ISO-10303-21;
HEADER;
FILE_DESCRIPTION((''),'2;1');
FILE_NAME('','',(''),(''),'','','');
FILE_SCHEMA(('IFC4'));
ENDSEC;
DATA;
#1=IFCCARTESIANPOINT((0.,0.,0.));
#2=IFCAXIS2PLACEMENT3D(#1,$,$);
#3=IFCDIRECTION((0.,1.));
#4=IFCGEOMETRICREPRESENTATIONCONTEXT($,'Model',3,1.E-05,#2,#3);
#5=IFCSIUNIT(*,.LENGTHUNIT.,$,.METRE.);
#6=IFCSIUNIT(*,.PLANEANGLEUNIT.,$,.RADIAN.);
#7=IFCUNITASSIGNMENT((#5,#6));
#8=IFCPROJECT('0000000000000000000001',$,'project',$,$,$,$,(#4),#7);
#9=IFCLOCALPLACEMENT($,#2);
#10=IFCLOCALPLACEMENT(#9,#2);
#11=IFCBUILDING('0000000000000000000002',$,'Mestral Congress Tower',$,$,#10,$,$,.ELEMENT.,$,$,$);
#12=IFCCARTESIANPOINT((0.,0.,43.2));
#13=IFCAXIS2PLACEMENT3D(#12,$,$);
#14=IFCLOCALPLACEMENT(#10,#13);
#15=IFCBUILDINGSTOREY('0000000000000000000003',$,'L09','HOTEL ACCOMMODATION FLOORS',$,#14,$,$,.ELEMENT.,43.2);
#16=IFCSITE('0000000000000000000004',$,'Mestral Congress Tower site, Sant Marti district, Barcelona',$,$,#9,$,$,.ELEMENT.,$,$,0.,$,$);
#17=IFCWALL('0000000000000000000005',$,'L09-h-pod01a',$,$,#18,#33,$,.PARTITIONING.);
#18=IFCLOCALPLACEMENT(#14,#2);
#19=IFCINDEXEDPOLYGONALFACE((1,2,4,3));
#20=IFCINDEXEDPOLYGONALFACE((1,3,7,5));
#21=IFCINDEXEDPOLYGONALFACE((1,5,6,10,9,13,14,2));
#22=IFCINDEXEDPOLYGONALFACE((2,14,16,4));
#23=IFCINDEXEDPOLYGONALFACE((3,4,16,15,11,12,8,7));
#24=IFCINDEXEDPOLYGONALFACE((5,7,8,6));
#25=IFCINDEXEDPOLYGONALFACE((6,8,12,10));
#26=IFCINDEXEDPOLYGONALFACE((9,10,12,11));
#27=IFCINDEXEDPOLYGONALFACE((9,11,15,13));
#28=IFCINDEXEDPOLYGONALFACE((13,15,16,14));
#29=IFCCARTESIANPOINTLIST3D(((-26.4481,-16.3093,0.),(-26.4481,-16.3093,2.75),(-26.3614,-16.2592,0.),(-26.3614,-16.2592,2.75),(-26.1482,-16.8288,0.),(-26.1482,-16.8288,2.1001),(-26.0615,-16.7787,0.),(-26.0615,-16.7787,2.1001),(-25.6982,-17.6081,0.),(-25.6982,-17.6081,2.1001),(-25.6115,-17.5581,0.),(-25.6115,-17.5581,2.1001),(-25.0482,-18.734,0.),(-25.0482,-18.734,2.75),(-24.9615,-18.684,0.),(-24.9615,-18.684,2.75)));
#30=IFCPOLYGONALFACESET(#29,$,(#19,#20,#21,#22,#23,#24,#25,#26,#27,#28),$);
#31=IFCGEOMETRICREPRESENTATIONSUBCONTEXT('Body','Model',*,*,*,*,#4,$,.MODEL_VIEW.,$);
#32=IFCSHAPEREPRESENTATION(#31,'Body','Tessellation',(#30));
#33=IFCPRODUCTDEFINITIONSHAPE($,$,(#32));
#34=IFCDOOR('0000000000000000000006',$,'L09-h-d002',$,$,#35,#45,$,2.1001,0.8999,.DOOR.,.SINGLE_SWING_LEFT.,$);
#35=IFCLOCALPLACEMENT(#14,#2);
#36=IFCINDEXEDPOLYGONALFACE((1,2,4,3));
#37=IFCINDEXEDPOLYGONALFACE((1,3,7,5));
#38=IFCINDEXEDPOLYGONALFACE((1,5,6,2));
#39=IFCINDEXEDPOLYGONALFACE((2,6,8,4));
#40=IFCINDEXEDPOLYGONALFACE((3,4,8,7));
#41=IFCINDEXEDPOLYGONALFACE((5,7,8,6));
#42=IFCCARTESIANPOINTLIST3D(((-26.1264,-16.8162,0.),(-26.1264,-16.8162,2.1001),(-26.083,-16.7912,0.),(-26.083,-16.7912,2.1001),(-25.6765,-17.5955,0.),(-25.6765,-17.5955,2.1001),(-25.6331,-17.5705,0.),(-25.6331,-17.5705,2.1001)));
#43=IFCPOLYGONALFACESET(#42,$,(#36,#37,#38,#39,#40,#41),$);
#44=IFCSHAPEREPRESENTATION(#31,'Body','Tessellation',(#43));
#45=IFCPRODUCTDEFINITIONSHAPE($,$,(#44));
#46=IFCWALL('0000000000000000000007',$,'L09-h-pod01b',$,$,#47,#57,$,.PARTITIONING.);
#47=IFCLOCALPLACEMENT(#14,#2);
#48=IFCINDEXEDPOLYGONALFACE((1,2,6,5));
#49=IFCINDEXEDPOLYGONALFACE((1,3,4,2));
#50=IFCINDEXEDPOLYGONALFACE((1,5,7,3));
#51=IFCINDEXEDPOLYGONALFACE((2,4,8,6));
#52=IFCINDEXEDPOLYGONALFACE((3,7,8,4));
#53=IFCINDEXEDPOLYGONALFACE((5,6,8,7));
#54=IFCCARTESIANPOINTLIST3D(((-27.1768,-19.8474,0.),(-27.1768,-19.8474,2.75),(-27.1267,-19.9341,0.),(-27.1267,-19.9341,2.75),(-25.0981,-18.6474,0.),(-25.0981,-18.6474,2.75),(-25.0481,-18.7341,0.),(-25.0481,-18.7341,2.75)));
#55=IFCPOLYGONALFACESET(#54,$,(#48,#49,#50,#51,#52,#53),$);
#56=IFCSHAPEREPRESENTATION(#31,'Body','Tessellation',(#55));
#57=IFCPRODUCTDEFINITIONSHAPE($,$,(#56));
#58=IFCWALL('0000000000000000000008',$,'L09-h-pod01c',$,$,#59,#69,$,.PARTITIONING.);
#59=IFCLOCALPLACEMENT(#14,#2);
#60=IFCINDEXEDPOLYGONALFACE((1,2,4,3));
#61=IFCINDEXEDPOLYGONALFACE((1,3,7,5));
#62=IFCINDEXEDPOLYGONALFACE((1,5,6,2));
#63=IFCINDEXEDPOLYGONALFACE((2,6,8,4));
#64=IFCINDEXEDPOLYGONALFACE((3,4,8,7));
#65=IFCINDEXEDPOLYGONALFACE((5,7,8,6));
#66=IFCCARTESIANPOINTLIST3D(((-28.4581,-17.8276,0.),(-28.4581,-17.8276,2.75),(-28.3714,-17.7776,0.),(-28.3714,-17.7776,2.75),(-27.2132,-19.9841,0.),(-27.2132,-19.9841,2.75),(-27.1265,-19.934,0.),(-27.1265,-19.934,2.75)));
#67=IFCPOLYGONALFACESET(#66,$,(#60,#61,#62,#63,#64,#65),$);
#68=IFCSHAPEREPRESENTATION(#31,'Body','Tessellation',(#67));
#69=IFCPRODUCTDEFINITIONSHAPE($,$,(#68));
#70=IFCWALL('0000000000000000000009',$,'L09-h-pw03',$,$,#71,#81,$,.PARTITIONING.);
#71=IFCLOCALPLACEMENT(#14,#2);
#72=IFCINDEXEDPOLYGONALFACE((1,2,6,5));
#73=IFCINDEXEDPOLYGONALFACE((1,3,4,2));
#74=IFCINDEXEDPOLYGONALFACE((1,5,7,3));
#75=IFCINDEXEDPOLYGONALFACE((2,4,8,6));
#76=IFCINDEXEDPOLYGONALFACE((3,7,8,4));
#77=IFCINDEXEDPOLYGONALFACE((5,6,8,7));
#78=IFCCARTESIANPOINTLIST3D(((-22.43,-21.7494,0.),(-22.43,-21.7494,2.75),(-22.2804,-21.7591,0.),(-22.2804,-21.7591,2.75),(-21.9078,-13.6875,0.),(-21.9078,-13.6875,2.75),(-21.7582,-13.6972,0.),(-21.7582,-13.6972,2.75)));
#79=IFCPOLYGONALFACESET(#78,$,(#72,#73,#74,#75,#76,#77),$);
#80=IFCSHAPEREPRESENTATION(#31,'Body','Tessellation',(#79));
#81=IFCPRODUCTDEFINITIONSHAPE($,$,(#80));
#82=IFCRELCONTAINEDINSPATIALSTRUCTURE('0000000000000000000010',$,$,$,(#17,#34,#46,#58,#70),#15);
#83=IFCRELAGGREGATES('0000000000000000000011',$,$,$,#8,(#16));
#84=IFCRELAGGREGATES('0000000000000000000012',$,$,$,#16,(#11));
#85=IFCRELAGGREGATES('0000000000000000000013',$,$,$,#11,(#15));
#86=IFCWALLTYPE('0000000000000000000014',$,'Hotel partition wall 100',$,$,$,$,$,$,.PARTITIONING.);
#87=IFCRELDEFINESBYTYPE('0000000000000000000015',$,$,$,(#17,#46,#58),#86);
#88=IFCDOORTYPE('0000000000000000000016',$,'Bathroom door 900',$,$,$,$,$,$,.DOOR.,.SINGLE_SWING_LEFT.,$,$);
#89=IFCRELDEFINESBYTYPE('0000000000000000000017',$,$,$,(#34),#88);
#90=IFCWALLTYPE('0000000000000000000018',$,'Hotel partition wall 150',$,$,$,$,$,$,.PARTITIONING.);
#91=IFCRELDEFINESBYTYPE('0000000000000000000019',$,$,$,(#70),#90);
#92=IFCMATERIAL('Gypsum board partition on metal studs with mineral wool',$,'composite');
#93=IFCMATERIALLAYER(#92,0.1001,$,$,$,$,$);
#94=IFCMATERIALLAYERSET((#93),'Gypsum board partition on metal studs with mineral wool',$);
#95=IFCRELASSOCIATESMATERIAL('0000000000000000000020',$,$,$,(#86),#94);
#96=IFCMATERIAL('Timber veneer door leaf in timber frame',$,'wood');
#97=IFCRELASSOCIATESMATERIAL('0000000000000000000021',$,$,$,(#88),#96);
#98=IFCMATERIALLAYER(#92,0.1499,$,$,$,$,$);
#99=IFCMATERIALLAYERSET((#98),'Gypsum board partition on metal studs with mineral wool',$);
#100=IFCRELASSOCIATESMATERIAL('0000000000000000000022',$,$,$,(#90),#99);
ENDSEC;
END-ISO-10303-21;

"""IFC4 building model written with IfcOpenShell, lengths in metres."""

from ifc_helpers import new_model, si_unit, direction, frame, frame_2d, origin, place, context, subcontext, project, spatial, rectangle, extrude, material, layer, layer_set, type_object, element, fill, save


model = new_model("IFC4")

# Units and contexts
model_context = context("Model", 3, precision=1e-05, world=origin(), true_north=direction((0.0, 1.0)))
body_context = subcontext(model_context, "Body", "Model", "MODEL_VIEW")
ifc_project = project(units=[si_unit("LENGTHUNIT", "METRE"), si_unit("PLANEANGLEUNIT", "RADIAN")], contexts=[model_context])

# Site, building, storey
site_placement = place(None, origin())
site = spatial("IfcSite", under=ifc_project, at=site_placement, Name="Mestral Congress Tower site, Sant Marti district, Barcelona", CompositionType="ELEMENT", RefElevation=0.0)
building_placement = place(site_placement, origin())
building = spatial("IfcBuilding", under=site, at=building_placement, Name="Mestral Congress Tower", CompositionType="ELEMENT")
storey_placement = place(building_placement, frame((0.0, 0.0, 43.2)))
storey = spatial("IfcBuildingStorey", under=building, at=storey_placement, Name="L09", Description="HOTEL ACCOMMODATION FLOORS", CompositionType="ELEMENT", Elevation=43.2)

# Wall, opening, door
ifc_material_1 = material(Name="Gypsum board partition on metal studs with mineral wool", Category="composite")
ifc_layer_1 = layer(ifc_material_1, 0.1001)
ifc_layer_set_1 = layer_set([ifc_layer_1], Name="Gypsum board partition on metal studs with mineral wool")
wall_type_1 = type_object("IfcWallType", Name="Hotel partition wall 100", PredefinedType="PARTITIONING", material=ifc_layer_set_1)
wall_1_placement = place(storey_placement, frame((-25.0049, -18.709, 0.0), z_axis=(0.0, 0.0, 1.0), x_axis=(-0.499984, 0.866035, 0.0)))
wall_1 = element("IfcWall", 1, at=wall_1_placement, inside=storey, type_object=wall_type_1, Name="L09-h-pod01a", PredefinedType="PARTITIONING", context=body_context, shape_type="SweptSolid", body=[
    extrude(rectangle(XDim=2.7998, YDim=0.1001, at=frame_2d((1.3999, 0.0))), origin(), (0.0, 0.0, 1.0), 2.75),
])
opening_1_placement = place(wall_1_placement, frame((1.3, 0.0, 0.0)))
opening_1 = element("IfcOpeningElement", 2, at=opening_1_placement, cuts=wall_1, PredefinedType="OPENING", context=body_context, shape_type="SweptSolid", body=[
    extrude(rectangle(XDim=0.8999, YDim=2.1001, at=frame_2d((0.45, 1.05))), frame((0.0, 0.0601, 0.0), z_axis=(0.0, -1.0, 0.0), x_axis=(1.0, 0.0, 0.0)), (0.0, 0.0, 1.0), 0.1201),
])
ifc_material_2 = material(Name="Timber veneer door leaf in timber frame", Category="wood")
door_type = type_object("IfcDoorType", Name="Bathroom door 900", OperationType="SINGLE_SWING_LEFT", PredefinedType="DOOR", material=ifc_material_2)
door_placement = place(opening_1_placement, origin())
door = element("IfcDoor", 3, at=door_placement, inside=storey, type_object=door_type, Name="L09-h-d002", OperationType="SINGLE_SWING_LEFT", OverallHeight=2.1001, OverallWidth=0.8999, PredefinedType="DOOR", context=body_context, shape_type="SweptSolid", body=[
    extrude(rectangle(XDim=0.8999, YDim=2.1001, at=frame_2d((0.45, 1.05))), frame((0.0, 0.0249, 0.0), z_axis=(0.0, -1.0, 0.0), x_axis=(1.0, 0.0, 0.0)), (0.0, 0.0, 1.0), 0.05),
])
fill(opening_1, door)

# Walls
wall_2_placement = place(storey_placement, frame((-25.073, -18.6907, 0.0), z_axis=(0.0, 0.0, 1.0), x_axis=(-0.86605, -0.499957, 0.0)))
element("IfcWall", 4, at=wall_2_placement, inside=storey, type_object=wall_type_1, Name="L09-h-pod01b", PredefinedType="PARTITIONING", context=body_context, shape_type="SweptSolid", body=[
    extrude(rectangle(XDim=2.4001, YDim=0.1001, at=frame_2d((1.2002, 0.0))), origin(), (0.0, 0.0, 1.0), 2.75),
])
wall_3_placement = place(storey_placement, frame((-28.4148, -17.8025, 0.0), z_axis=(0.0, 0.0, 1.0), x_axis=(0.499946, -0.866057, 0.0)))
element("IfcWall", 5, at=wall_3_placement, inside=storey, type_object=wall_type_1, Name="L09-h-pod01c", PredefinedType="PARTITIONING", context=body_context, shape_type="SweptSolid", body=[
    extrude(rectangle(XDim=2.49, YDim=0.1001, at=frame_2d((1.2451, 0.0))), origin(), (0.0, 0.0, 1.0), 2.75),
])
ifc_layer_2 = layer(ifc_material_1, 0.1499)
ifc_layer_set_2 = layer_set([ifc_layer_2], Name="Gypsum board partition on metal studs with mineral wool")
wall_type_2 = type_object("IfcWallType", Name="Hotel partition wall 150", PredefinedType="PARTITIONING", material=ifc_layer_set_2)
wall_4_placement = place(storey_placement, frame((-22.3552, -21.7544, 0.0), z_axis=(0.0, 0.0, 1.0), x_axis=(0.06464, 0.997909, 0.0)))
element("IfcWall", 6, at=wall_4_placement, inside=storey, type_object=wall_type_2, Name="L09-h-pw03", PredefinedType="PARTITIONING", context=body_context, shape_type="SweptSolid", body=[
    extrude(rectangle(XDim=8.0789, YDim=0.1499, at=frame_2d((4.0396, 0.0))), origin(), (0.0, 0.0, 1.0), 2.75),
])

save(model, "model.ifc")
